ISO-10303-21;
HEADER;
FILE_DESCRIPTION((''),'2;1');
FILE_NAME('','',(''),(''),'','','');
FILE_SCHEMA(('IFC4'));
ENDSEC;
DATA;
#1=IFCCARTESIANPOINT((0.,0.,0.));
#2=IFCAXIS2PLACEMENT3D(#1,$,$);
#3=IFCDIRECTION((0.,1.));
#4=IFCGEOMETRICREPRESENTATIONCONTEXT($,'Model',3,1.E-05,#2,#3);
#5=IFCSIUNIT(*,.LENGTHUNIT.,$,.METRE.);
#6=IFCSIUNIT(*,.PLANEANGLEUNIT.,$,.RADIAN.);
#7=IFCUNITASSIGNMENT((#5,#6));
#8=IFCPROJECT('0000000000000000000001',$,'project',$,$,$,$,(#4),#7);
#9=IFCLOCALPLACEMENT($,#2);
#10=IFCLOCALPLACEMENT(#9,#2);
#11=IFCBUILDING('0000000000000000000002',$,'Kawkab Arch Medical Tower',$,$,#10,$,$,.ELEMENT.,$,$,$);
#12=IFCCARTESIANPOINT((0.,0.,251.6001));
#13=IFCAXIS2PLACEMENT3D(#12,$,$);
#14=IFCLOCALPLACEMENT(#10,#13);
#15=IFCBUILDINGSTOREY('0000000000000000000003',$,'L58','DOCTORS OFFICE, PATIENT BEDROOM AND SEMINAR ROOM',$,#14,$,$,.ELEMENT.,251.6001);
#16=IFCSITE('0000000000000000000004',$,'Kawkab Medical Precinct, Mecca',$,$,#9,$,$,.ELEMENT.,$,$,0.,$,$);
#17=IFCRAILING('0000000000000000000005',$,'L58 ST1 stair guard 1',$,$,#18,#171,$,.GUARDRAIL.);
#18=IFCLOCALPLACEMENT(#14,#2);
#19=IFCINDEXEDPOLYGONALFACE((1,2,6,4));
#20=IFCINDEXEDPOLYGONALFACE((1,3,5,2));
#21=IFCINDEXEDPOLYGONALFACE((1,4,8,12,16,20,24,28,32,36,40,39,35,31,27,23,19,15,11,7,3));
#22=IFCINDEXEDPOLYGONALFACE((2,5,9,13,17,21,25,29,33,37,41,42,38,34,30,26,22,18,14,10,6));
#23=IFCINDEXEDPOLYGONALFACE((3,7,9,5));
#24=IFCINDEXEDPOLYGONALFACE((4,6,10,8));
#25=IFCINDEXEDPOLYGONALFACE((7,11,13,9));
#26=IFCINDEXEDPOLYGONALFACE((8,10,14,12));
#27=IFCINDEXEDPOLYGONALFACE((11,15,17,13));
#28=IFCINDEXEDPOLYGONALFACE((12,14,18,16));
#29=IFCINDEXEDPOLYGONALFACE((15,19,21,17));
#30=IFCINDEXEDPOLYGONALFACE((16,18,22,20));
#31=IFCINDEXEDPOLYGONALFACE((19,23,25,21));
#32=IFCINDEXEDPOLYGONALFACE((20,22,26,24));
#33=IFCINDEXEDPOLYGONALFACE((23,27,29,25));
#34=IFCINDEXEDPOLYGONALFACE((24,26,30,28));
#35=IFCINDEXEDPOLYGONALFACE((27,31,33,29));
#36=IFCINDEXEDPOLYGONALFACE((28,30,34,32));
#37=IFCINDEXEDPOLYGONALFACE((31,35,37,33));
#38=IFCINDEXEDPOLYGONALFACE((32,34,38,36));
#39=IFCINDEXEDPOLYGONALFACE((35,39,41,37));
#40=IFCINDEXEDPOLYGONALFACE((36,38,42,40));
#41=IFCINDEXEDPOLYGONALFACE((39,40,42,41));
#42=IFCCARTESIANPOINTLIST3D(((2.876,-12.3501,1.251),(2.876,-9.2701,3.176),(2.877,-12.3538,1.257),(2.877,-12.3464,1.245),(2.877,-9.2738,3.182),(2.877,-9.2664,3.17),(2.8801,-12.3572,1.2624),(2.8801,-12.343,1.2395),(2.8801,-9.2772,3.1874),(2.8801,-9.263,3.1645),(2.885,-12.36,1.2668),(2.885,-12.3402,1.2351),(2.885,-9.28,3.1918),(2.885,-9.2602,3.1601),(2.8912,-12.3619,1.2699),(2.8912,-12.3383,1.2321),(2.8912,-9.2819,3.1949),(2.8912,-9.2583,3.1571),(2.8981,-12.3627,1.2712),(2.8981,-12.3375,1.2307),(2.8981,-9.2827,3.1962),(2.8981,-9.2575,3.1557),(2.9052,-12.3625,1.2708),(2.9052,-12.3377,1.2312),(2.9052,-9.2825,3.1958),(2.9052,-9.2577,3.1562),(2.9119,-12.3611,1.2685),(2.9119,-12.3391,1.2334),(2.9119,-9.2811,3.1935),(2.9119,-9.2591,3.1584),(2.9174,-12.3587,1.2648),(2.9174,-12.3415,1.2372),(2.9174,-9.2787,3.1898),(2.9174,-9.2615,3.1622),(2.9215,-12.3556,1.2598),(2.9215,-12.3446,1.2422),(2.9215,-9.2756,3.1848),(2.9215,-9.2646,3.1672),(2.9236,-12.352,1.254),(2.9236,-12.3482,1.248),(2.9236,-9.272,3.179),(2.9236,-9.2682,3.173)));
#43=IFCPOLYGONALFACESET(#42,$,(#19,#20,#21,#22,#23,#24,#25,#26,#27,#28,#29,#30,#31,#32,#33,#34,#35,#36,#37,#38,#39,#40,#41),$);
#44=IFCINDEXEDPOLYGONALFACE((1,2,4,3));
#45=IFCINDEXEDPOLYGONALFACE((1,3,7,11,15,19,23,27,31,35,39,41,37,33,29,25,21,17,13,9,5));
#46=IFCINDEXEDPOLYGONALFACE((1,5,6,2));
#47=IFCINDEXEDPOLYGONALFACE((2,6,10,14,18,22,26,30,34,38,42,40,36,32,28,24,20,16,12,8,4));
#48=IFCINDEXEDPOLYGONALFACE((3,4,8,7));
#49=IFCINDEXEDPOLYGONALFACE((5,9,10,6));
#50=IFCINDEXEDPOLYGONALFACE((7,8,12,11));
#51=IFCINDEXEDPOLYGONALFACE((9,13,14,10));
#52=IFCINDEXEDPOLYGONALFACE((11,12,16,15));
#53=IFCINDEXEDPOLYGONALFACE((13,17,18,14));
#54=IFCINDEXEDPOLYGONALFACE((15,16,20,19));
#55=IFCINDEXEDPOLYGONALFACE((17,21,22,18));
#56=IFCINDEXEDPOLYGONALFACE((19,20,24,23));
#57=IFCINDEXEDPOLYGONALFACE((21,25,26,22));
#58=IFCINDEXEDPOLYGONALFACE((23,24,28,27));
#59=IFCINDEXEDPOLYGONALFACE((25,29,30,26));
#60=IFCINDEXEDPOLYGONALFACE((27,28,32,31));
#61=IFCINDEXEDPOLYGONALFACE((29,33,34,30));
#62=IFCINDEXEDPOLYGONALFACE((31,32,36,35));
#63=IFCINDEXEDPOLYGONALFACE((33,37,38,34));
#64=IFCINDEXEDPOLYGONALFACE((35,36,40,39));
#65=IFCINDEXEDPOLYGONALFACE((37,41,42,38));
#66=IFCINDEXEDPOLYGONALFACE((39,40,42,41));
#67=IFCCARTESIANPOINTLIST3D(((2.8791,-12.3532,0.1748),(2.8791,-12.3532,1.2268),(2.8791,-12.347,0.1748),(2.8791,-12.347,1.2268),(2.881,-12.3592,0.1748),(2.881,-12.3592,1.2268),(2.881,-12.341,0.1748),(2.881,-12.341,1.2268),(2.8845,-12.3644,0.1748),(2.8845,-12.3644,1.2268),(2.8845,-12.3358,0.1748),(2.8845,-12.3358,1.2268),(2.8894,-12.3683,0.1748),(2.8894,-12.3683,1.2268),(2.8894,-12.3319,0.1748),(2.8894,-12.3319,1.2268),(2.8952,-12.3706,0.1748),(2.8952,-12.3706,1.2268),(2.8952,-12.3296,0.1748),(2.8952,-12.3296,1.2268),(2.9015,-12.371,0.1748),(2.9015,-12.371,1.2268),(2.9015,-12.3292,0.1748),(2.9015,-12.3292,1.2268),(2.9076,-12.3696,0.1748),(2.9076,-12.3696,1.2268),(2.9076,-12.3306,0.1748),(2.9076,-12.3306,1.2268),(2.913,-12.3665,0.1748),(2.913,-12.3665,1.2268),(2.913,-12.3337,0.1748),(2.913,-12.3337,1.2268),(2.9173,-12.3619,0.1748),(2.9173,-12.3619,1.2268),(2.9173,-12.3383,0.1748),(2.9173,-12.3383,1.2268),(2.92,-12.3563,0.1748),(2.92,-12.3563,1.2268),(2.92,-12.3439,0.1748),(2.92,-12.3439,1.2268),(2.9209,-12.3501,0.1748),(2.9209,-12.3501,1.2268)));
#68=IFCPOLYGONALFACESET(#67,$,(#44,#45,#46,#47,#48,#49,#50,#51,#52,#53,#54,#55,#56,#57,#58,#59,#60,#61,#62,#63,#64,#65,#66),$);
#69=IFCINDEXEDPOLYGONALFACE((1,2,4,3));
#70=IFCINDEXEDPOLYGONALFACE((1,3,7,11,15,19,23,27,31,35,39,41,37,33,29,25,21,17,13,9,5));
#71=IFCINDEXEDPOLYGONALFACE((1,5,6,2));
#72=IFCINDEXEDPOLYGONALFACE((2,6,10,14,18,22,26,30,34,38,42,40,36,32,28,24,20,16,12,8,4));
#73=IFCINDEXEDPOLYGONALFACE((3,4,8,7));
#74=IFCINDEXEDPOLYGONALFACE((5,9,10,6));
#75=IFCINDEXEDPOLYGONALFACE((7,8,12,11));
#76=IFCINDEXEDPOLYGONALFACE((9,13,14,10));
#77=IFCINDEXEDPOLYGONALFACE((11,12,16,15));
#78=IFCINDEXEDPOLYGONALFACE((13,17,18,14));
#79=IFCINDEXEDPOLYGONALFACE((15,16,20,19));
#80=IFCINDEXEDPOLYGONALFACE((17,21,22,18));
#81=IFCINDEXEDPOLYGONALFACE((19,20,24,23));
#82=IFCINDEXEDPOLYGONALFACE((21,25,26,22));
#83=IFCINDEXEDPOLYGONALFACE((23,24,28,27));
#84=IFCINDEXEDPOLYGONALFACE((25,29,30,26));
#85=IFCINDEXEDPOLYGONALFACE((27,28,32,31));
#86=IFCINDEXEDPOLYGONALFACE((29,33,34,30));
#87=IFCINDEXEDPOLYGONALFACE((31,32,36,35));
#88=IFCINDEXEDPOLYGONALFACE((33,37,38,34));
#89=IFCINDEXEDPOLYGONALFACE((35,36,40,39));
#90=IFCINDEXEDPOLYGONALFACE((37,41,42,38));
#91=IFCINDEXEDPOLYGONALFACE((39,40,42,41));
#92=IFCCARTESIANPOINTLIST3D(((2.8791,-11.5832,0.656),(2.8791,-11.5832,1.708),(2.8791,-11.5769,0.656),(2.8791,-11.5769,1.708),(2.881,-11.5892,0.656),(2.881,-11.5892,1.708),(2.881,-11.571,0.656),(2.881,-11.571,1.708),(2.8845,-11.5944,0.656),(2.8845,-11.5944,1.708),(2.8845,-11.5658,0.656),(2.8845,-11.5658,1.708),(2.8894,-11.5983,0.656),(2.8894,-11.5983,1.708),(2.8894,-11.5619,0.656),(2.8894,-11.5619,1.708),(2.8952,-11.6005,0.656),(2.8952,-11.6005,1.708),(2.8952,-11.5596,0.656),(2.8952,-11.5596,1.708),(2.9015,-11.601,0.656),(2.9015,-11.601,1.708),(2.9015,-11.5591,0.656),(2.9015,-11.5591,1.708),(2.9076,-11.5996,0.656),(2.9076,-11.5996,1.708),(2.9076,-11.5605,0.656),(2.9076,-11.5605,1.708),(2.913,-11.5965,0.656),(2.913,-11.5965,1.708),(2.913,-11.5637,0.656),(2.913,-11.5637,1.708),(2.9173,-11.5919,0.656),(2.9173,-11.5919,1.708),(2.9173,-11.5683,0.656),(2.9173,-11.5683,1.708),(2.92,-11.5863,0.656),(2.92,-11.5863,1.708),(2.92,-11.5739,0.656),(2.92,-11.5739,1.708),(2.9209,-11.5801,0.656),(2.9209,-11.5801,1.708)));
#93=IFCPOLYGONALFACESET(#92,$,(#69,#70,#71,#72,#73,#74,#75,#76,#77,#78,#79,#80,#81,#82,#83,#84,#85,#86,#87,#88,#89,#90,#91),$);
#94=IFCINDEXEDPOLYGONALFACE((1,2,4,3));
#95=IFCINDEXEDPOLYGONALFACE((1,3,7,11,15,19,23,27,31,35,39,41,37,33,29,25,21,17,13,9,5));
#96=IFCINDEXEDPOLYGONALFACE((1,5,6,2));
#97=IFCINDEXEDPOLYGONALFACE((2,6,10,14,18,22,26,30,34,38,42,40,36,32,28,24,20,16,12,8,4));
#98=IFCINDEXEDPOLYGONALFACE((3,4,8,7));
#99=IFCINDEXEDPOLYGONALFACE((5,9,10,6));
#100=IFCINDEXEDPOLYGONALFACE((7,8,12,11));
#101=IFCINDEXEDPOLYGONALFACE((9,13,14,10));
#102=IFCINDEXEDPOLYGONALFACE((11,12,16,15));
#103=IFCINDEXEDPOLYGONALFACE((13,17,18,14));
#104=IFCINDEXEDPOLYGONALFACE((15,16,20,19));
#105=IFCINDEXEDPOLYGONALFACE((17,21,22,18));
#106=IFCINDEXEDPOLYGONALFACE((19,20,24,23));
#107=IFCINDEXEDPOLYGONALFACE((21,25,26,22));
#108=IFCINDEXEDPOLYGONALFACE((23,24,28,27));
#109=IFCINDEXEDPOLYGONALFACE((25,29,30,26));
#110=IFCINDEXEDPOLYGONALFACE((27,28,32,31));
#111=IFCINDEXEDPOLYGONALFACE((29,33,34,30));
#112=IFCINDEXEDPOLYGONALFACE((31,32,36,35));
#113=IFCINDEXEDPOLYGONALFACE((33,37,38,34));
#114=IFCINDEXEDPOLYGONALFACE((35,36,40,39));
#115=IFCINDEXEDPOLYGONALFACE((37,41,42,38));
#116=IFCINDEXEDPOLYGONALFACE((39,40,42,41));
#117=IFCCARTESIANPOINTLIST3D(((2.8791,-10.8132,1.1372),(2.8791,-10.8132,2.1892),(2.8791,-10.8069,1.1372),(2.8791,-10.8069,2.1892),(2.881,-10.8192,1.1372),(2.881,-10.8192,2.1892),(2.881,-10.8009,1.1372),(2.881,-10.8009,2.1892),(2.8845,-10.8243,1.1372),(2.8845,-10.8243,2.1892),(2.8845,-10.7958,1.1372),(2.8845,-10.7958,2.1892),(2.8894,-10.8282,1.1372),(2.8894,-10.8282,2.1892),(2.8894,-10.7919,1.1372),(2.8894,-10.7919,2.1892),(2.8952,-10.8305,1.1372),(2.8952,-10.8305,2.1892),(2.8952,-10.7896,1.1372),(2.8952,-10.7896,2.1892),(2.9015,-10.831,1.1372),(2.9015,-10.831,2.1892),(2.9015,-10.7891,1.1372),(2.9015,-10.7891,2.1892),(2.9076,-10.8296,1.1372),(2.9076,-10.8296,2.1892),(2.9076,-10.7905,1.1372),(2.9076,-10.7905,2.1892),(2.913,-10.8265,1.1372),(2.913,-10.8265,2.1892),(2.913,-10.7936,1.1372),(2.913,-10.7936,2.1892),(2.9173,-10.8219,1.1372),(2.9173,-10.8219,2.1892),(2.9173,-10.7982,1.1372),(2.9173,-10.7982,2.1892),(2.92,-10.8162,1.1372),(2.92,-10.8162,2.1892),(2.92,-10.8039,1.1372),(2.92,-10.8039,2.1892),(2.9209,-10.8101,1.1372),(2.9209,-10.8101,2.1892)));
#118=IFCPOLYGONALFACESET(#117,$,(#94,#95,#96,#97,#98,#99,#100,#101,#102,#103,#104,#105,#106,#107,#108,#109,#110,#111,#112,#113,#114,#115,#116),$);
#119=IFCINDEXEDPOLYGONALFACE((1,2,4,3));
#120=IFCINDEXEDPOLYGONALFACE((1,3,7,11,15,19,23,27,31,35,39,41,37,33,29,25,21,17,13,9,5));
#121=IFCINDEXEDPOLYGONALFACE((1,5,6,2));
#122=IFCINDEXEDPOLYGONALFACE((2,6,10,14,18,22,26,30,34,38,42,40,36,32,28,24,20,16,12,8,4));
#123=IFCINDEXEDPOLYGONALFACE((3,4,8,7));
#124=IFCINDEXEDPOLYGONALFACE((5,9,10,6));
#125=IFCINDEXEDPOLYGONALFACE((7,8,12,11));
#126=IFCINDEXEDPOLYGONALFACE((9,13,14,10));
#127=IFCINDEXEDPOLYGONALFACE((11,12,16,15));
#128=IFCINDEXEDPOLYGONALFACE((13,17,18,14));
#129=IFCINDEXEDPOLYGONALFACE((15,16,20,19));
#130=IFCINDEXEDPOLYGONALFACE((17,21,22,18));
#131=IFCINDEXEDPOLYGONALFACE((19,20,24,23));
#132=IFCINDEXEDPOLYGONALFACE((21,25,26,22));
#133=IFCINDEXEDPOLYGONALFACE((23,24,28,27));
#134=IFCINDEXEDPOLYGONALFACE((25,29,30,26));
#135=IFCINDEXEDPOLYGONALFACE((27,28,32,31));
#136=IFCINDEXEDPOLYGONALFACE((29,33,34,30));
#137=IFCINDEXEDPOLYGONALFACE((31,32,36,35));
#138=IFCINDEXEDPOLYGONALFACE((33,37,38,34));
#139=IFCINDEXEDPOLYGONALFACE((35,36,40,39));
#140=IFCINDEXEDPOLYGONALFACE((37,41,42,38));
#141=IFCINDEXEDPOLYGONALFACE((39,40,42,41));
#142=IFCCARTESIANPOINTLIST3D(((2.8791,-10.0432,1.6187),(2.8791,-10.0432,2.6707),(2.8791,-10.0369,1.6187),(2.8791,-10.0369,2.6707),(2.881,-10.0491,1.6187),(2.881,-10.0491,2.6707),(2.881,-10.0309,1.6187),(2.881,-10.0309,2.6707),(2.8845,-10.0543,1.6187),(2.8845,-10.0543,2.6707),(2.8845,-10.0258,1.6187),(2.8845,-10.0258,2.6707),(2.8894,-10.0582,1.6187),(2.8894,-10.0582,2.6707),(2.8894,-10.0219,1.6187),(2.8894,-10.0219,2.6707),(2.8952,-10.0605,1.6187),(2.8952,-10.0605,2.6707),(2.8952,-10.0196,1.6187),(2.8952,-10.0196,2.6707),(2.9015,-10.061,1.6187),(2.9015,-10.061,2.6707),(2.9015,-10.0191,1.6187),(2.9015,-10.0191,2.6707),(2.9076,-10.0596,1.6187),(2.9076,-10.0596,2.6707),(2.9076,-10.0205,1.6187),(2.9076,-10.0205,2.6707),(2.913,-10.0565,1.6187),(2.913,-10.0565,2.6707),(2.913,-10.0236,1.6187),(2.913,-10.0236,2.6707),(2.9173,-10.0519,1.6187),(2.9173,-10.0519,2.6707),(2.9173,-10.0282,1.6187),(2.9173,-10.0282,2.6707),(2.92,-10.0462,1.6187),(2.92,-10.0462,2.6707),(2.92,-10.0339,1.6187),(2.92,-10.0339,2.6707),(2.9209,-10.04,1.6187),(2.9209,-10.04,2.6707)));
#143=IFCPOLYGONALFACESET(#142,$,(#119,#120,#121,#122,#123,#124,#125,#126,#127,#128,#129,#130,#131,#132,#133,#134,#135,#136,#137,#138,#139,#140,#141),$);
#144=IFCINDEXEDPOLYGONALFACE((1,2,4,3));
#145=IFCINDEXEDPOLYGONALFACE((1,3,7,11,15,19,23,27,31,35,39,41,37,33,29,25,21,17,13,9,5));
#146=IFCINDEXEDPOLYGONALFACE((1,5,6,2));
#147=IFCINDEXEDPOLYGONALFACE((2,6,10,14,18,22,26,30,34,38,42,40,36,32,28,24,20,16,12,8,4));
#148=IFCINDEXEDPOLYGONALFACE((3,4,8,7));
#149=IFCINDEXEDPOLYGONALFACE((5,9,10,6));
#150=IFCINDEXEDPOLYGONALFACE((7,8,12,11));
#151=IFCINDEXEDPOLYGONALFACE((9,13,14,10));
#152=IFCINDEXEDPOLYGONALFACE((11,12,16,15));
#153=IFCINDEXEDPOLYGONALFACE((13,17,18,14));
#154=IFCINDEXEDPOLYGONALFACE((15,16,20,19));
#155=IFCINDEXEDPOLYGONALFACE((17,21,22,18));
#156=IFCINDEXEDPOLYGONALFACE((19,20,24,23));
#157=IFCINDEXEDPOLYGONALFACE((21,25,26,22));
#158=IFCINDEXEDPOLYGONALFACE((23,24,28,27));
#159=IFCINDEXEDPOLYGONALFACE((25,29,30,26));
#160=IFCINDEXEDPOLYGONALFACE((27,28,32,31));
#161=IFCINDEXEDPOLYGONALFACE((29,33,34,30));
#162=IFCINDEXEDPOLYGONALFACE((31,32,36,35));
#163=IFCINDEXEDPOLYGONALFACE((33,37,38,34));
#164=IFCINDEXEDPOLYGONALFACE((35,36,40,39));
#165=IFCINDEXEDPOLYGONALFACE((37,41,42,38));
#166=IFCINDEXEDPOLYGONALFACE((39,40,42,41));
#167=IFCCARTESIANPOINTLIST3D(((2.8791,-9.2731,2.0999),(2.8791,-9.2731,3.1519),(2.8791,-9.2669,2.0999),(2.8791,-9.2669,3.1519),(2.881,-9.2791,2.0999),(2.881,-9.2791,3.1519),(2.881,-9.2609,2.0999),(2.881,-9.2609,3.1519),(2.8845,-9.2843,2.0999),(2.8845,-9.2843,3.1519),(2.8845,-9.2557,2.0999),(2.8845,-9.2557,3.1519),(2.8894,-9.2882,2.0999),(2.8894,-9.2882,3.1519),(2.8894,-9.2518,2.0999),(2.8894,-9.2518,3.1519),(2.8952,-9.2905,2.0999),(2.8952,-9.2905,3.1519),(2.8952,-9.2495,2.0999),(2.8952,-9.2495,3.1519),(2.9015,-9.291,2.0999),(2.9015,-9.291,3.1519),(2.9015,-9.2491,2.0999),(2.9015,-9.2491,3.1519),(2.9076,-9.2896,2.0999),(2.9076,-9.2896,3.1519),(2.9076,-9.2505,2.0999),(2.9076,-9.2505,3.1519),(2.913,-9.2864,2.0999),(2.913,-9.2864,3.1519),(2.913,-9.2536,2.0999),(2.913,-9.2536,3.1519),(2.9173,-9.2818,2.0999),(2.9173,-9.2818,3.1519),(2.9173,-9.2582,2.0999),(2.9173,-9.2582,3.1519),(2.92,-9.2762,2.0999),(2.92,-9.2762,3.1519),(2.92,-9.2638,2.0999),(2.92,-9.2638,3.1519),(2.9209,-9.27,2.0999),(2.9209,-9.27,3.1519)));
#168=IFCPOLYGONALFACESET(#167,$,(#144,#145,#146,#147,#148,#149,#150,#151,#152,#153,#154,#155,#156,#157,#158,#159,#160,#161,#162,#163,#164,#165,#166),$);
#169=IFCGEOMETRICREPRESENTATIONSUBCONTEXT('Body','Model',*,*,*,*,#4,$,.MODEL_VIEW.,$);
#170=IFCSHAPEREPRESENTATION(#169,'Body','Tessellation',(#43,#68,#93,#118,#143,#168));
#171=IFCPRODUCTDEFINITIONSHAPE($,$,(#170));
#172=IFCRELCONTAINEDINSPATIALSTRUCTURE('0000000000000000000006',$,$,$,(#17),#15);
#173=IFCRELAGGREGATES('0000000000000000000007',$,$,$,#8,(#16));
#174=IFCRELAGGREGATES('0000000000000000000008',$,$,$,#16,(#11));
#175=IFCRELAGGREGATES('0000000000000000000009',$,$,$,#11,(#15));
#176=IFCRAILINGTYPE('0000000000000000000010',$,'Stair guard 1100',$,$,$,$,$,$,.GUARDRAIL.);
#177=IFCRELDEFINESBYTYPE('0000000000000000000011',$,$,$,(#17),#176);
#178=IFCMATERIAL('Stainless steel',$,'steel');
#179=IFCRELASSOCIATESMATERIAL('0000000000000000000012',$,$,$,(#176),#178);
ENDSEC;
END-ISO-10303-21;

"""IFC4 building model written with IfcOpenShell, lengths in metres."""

from ifc_helpers import new_model, si_unit, direction, frame, origin, origin_2d, place, context, subcontext, project, spatial, circle, extrude, material, type_object, element, save


model = new_model("IFC4")

# Units and contexts
model_context = context("Model", 3, precision=1e-05, world=origin(), true_north=direction((0.0, 1.0)))
body_context = subcontext(model_context, "Body", "Model", "MODEL_VIEW")
ifc_project = project(units=[si_unit("LENGTHUNIT", "METRE"), si_unit("PLANEANGLEUNIT", "RADIAN")], contexts=[model_context])

# Site, building, storey
site_placement = place(None, origin())
site = spatial("IfcSite", under=ifc_project, at=site_placement, Name="Kawkab Medical Precinct, Mecca", CompositionType="ELEMENT", RefElevation=0.0)
building_placement = place(site_placement, origin())
building = spatial("IfcBuilding", under=site, at=building_placement, Name="Kawkab Arch Medical Tower", CompositionType="ELEMENT")
storey_placement = place(building_placement, frame((0.0, 0.0, 251.6001)))
storey = spatial("IfcBuildingStorey", under=building, at=storey_placement, Name="L58", Description="DOCTORS OFFICE, PATIENT BEDROOM AND SEMINAR ROOM", CompositionType="ELEMENT", Elevation=251.6001)

# Railing
ifc_material_1 = material(Name="Stainless steel", Category="steel")
railing_type_1 = type_object("IfcRailingType", Name="Stair guard 1100", PredefinedType="GUARDRAIL", material=ifc_material_1)
railing_1_placement = place(storey_placement, frame((2.8999, -12.3501, 0.1748)))
element("IfcRailing", 1, at=railing_1_placement, inside=storey, type_object=railing_type_1, Name="L58 ST1 stair guard 1", PredefinedType="GUARDRAIL", context=body_context, shape_type="SweptSolid", body=[
    extrude(circle(Radius=0.0239, at=origin_2d()), frame((0.0, 0.0, 1.0762), z_axis=(0.0, 0.847998, 0.529999), x_axis=(-1.0, 0.0, 0.0)), (0.0, 0.0, 1.0), 3.6321),
    extrude(circle(Radius=0.021, at=origin_2d()), origin(), (0.0, 0.0, 1.0), 1.052),
    extrude(circle(Radius=0.021, at=origin_2d()), frame((0.0, 0.77, 0.4812)), (0.0, 0.0, 1.0), 1.052),
    extrude(circle(Radius=0.021, at=origin_2d()), frame((0.0, 1.54, 0.9624)), (0.0, 0.0, 1.0), 1.052),
    extrude(circle(Radius=0.021, at=origin_2d()), frame((0.0, 2.3101, 1.4438)), (0.0, 0.0, 1.0), 1.052),
    extrude(circle(Radius=0.021, at=origin_2d()), frame((0.0, 3.0801, 1.925)), (0.0, 0.0, 1.0), 1.052),
])

save(model, "model.ifc")
